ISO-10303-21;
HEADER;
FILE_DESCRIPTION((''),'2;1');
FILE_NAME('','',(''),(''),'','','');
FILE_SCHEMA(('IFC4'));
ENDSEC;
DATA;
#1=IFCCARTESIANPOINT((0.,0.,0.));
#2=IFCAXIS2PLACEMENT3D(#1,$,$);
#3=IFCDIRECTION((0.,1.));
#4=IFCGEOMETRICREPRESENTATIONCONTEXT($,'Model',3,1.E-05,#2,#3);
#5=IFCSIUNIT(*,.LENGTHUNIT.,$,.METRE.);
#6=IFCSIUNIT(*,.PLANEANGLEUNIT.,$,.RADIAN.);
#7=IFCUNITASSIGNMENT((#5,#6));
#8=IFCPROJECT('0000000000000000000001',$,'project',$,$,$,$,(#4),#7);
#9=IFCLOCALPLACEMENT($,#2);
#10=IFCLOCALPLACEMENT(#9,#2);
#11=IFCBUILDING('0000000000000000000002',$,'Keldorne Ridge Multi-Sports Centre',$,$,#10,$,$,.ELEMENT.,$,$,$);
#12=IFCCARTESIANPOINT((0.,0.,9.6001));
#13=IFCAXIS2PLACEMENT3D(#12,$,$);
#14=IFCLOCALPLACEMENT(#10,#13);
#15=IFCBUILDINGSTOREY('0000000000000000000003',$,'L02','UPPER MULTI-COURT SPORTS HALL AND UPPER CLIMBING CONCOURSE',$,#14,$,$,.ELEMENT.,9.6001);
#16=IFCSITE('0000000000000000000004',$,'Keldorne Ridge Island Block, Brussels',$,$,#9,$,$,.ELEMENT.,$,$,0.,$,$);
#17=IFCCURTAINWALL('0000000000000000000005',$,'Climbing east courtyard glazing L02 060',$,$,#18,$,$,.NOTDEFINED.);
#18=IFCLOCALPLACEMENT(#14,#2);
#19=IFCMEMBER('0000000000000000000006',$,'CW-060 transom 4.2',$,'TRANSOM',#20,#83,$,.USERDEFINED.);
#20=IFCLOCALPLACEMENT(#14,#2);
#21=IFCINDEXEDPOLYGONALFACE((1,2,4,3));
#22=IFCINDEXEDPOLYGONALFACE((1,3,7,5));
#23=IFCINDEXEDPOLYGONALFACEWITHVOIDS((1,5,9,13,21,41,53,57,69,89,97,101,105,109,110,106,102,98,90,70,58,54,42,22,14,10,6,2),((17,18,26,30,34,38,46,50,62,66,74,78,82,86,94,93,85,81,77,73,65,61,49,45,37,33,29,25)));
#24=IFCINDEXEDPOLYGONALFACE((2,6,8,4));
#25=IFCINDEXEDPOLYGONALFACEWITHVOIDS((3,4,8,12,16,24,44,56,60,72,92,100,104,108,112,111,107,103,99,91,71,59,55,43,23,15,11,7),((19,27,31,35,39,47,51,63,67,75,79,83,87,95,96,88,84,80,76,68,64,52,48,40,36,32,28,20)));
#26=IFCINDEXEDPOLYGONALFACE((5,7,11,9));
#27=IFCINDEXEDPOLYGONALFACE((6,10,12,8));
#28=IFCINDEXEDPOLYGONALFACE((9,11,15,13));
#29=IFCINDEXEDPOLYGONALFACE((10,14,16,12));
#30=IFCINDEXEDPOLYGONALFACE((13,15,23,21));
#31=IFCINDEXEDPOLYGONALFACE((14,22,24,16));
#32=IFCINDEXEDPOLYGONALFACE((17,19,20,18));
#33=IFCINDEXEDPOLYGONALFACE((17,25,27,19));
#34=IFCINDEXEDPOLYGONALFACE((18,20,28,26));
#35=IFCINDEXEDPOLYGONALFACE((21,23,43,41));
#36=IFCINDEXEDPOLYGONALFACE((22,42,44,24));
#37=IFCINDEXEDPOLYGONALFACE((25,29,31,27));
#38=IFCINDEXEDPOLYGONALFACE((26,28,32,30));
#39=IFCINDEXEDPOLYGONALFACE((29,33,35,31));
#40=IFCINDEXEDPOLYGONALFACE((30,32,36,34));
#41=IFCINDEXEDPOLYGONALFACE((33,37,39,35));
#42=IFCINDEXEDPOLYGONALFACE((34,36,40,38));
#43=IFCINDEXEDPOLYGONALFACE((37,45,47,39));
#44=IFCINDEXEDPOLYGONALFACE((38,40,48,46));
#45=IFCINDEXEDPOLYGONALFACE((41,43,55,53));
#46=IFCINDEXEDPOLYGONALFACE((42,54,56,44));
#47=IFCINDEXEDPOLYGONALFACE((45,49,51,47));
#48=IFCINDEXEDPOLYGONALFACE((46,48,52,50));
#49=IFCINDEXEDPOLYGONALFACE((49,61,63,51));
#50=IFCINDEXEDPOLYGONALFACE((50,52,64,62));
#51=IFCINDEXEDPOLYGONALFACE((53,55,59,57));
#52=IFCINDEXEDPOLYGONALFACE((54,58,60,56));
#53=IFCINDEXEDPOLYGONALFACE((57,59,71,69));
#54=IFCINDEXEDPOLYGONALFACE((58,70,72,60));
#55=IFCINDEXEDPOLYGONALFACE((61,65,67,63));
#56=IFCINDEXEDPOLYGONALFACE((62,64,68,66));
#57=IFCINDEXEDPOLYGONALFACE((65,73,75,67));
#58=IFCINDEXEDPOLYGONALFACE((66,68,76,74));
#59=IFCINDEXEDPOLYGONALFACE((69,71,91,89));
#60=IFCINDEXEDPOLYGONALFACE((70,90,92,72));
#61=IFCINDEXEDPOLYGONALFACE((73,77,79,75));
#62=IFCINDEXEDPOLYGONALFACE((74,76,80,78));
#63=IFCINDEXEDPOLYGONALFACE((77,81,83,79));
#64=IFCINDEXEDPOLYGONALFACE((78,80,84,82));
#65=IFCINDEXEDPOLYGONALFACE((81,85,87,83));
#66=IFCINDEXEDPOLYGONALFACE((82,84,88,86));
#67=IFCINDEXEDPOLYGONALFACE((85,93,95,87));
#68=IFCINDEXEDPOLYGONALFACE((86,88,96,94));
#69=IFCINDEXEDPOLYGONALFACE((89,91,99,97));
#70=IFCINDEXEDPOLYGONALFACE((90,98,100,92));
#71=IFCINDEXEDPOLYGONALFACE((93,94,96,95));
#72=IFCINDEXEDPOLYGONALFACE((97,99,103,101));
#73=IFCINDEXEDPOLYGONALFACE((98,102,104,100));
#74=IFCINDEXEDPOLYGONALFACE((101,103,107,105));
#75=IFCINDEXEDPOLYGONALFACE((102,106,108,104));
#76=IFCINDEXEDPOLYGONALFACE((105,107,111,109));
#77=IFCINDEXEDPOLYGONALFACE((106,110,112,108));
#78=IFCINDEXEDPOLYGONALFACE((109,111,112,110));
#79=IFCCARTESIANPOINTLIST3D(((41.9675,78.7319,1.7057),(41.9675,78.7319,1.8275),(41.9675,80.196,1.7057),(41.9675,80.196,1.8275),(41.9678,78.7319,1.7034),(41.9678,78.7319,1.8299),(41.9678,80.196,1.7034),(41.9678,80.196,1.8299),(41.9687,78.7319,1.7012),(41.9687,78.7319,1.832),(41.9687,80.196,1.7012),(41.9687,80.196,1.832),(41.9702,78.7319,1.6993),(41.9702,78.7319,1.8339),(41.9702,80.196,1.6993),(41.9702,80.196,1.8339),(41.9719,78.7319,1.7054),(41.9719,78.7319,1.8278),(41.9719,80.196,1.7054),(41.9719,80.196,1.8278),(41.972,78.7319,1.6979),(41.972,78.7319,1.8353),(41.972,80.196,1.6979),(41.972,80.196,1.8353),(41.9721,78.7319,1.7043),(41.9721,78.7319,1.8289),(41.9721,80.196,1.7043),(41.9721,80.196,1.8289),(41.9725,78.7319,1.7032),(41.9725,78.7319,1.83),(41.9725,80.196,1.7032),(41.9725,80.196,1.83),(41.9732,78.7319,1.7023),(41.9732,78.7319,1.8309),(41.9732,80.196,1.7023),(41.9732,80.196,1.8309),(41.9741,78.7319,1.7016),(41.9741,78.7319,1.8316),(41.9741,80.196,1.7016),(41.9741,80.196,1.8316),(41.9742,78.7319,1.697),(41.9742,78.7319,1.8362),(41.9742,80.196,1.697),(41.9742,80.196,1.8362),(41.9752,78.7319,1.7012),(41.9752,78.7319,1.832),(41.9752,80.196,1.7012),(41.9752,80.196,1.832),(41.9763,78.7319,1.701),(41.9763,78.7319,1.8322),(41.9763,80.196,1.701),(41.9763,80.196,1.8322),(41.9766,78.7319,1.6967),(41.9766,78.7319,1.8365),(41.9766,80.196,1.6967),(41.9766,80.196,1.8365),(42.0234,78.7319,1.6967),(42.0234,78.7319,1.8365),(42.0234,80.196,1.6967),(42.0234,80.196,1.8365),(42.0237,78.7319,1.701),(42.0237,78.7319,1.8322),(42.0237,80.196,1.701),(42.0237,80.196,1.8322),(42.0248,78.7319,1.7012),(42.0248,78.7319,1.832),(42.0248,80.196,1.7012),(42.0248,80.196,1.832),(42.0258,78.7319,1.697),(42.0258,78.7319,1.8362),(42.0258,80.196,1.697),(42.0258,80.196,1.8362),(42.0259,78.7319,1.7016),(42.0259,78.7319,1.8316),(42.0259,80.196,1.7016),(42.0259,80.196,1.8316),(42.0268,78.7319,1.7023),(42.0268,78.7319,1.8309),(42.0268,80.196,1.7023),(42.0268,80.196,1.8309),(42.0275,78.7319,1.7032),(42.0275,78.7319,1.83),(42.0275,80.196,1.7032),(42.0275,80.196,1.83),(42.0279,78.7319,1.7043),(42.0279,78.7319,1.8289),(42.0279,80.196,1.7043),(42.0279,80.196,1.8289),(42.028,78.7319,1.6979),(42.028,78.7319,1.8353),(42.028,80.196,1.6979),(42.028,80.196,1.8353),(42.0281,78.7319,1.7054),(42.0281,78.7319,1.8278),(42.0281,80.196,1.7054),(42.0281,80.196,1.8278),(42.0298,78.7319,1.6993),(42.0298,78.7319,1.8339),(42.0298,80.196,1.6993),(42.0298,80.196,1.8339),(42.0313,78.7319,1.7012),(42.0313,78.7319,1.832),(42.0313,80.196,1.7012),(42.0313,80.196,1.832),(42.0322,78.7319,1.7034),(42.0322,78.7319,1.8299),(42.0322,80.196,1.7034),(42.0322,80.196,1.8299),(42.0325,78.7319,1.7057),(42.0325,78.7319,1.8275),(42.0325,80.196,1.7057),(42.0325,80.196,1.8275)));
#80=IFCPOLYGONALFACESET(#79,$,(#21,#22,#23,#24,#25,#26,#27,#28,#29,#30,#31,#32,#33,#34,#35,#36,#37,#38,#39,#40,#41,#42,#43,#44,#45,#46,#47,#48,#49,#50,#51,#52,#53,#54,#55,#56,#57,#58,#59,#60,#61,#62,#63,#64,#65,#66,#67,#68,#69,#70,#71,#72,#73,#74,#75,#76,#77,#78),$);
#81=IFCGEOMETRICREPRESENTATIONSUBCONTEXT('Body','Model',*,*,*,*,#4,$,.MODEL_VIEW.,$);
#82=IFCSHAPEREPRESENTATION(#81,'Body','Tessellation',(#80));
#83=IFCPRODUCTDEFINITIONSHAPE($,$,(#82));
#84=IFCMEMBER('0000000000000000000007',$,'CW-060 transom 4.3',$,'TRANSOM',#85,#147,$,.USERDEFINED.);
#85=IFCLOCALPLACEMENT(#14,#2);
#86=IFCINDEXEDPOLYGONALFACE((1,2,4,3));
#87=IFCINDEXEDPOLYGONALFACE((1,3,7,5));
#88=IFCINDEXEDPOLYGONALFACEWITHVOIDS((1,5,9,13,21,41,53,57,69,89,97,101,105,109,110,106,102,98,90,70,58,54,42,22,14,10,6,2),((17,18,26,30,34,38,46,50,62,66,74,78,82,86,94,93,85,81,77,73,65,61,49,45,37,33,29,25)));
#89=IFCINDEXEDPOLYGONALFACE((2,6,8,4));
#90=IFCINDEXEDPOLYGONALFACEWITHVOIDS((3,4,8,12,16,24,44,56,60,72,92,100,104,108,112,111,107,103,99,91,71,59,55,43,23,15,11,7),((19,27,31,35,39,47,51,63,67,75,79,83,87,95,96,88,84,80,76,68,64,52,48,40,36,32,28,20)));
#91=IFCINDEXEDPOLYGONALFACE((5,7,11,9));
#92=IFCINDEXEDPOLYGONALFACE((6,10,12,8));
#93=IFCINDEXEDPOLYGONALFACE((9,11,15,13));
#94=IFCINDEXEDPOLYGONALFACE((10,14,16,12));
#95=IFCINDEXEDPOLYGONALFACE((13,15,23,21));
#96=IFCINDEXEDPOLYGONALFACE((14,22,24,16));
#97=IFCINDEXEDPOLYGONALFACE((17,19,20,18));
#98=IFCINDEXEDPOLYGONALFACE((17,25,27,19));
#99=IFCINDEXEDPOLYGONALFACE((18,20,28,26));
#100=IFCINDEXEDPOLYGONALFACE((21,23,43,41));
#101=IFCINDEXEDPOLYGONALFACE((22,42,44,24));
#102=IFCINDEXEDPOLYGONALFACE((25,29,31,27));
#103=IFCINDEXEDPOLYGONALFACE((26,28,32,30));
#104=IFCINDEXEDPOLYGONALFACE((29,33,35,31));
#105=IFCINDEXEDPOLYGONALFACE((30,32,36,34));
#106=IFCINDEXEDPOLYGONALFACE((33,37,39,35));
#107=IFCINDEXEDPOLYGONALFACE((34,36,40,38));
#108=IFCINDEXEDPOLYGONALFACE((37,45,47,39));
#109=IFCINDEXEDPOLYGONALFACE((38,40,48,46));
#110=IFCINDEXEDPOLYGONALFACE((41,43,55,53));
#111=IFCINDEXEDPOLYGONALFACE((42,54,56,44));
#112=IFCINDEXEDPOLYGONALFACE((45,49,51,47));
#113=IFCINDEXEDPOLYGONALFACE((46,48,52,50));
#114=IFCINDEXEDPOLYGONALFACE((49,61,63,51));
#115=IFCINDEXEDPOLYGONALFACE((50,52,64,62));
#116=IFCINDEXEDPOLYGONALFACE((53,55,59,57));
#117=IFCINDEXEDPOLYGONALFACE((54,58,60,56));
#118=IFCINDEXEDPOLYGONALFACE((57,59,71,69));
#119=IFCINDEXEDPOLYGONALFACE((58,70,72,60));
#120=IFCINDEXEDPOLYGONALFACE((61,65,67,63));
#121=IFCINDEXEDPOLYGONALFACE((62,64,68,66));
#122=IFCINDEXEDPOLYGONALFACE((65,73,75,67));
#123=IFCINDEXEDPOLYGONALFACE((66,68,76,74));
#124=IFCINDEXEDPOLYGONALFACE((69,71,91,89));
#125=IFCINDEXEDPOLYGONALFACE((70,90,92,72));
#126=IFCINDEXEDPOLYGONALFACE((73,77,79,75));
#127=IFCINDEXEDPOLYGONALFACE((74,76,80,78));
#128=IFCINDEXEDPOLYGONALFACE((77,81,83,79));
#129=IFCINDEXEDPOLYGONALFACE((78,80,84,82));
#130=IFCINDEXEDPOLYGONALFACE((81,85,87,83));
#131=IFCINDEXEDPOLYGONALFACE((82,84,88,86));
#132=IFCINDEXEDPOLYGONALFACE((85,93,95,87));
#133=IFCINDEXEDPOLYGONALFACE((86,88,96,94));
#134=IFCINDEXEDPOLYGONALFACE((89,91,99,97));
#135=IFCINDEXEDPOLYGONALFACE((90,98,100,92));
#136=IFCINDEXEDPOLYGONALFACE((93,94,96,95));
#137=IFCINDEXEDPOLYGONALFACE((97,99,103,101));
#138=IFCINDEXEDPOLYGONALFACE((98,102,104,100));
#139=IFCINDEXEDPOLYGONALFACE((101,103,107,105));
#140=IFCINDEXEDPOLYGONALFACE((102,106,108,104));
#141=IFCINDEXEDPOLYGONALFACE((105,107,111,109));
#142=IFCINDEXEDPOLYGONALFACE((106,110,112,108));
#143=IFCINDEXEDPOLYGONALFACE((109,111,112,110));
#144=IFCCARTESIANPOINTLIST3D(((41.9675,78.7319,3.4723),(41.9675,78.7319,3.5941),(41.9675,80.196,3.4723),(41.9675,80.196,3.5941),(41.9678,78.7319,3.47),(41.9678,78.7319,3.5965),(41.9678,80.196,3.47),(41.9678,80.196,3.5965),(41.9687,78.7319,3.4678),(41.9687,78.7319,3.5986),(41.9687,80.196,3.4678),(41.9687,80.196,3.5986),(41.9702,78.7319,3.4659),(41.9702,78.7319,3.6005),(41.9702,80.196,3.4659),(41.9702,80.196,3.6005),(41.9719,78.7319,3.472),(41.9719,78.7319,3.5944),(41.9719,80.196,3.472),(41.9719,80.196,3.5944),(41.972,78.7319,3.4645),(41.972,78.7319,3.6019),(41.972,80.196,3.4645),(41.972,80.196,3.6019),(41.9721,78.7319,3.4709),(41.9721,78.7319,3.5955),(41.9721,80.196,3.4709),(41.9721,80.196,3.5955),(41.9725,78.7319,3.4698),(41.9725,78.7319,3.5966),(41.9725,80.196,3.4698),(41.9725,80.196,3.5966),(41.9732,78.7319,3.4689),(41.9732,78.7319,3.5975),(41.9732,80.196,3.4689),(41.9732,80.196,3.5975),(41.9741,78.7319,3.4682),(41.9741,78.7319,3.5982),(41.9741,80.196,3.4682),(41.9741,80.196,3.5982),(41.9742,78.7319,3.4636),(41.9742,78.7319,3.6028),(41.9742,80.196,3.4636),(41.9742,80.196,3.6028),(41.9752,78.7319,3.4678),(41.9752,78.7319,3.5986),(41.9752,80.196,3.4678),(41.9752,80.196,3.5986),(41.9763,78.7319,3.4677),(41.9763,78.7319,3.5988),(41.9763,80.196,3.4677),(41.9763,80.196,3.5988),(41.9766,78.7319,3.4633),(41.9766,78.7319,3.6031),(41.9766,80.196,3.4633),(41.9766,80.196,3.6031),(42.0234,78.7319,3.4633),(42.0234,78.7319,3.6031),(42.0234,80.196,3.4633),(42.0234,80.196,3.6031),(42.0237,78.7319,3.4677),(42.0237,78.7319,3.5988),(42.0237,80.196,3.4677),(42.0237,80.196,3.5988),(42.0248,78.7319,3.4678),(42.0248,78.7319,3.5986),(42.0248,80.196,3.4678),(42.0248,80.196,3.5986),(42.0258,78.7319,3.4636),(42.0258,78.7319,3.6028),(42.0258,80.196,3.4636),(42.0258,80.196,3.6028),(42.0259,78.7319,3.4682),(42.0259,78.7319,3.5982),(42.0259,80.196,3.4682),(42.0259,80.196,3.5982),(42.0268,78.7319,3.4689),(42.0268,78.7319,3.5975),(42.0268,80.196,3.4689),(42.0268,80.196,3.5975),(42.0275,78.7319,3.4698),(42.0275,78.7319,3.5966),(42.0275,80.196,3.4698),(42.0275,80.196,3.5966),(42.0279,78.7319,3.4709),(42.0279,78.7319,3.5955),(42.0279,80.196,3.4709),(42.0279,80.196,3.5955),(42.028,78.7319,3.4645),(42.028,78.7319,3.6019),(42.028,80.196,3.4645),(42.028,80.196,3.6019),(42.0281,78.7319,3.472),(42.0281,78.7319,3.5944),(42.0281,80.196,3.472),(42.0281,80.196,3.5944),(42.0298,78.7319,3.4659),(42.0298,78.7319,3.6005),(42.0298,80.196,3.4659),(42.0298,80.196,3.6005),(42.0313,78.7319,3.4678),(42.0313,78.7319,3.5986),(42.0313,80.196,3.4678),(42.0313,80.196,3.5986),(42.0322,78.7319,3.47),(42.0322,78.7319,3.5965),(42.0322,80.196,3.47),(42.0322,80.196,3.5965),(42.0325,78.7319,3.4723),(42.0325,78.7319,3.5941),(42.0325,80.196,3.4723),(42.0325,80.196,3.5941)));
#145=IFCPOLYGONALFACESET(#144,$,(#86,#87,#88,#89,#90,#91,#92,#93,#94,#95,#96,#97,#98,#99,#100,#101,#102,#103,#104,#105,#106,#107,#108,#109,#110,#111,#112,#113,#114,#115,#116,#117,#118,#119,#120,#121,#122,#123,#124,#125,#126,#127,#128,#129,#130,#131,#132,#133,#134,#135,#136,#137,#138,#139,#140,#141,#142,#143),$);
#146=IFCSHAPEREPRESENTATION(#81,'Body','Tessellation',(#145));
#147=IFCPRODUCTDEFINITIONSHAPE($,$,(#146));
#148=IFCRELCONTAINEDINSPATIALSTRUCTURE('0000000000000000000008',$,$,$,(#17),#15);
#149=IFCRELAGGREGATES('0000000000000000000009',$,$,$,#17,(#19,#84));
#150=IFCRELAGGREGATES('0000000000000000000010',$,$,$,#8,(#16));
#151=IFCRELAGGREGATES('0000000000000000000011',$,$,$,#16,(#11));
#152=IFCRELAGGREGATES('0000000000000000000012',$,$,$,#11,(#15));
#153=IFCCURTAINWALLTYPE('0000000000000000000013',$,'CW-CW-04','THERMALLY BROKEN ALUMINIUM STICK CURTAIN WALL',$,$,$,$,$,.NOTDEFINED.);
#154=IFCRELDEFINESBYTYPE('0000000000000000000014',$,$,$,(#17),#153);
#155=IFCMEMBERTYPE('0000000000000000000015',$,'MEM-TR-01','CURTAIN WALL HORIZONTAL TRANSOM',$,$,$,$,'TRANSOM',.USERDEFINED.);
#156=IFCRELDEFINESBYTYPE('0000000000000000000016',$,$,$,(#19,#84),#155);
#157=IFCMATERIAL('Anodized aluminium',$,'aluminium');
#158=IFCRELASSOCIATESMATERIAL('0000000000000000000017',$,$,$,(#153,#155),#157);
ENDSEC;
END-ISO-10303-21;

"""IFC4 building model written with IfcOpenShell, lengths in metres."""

from ifc_helpers import new_model, si_unit, direction, frame, origin, origin_2d, place, context, subcontext, project, spatial, hollow_rectangle, extrude, material, material_profile, profile_set, type_object, element, aggregate, save


model = new_model("IFC4")

# Units and contexts
model_context = context("Model", 3, precision=1e-05, world=origin(), true_north=direction((0.0, 1.0)))
body_context = subcontext(model_context, "Body", "Model", "MODEL_VIEW")
ifc_project = project(units=[si_unit("LENGTHUNIT", "METRE"), si_unit("PLANEANGLEUNIT", "RADIAN")], contexts=[model_context])

# Site, building, storey
site_placement = place(None, origin())
site = spatial("IfcSite", under=ifc_project, at=site_placement, Name="Keldorne Ridge Island Block, Brussels", CompositionType="ELEMENT", RefElevation=0.0)
building_placement = place(site_placement, origin())
building = spatial("IfcBuilding", under=site, at=building_placement, Name="Keldorne Ridge Multi-Sports Centre", CompositionType="ELEMENT")
storey_placement = place(building_placement, frame((0.0, 0.0, 9.6001)))
storey = spatial("IfcBuildingStorey", under=building, at=storey_placement, Name="L02", Description="UPPER MULTI-COURT SPORTS HALL AND UPPER CLIMBING CONCOURSE", CompositionType="ELEMENT", Elevation=9.6001)

# Curtain wall, members
ifc_material_1 = material(Name="Anodized aluminium", Category="aluminium")
curtain_wall_type = type_object("IfcCurtainWallType", Name="CW-CW-04", Description="THERMALLY BROKEN ALUMINIUM STICK CURTAIN WALL", PredefinedType="NOTDEFINED", material=ifc_material_1)
curtain_wall_placement = place(storey_placement, origin())
curtain_wall = element("IfcCurtainWall", 1, at=curtain_wall_placement, inside=storey, type_object=curtain_wall_type, Name="Climbing east courtyard glazing L02 060", PredefinedType="NOTDEFINED")
ifc_material_profile_1 = material_profile(ifc_material_1, hollow_rectangle(XDim=0.0649, YDim=0.1399, WallThickness=0.0044, InnerFilletRadius=0.0044, OuterFilletRadius=0.009, at=origin_2d()), Name="ALU TRANSOM 140x65x4.5")
ifc_profile_set_1 = profile_set([ifc_material_profile_1], Name="Anodized aluminium")
member_type_1 = type_object("IfcMemberType", Name="MEM-TR-01", Description="CURTAIN WALL HORIZONTAL TRANSOM", ElementType="TRANSOM", PredefinedType="USERDEFINED", material=ifc_profile_set_1)
member_1_placement = place(storey_placement, frame((42.0, 78.7319, 1.7666), z_axis=(0.0, 1.0, 0.0), x_axis=(-1.0, 0.0, 0.0)))
member_1 = element("IfcMember", 2, at=member_1_placement, type_object=member_type_1, Name="CW-060 transom 4.2", ObjectType="TRANSOM", PredefinedType="USERDEFINED", context=body_context, shape_type="SweptSolid", body=[
    extrude(hollow_rectangle(XDim=0.0649, YDim=0.1399, WallThickness=0.0044, InnerFilletRadius=0.0044, OuterFilletRadius=0.009, at=origin_2d()), origin(), (0.0, 0.0, 1.0), 1.4641),
])
member_2_placement = place(storey_placement, frame((42.0, 78.7319, 3.5332), z_axis=(0.0, 1.0, 0.0), x_axis=(-1.0, 0.0, 0.0)))
member_2 = element("IfcMember", 3, at=member_2_placement, type_object=member_type_1, Name="CW-060 transom 4.3", ObjectType="TRANSOM", PredefinedType="USERDEFINED", context=body_context, shape_type="SweptSolid", body=[
    extrude(hollow_rectangle(XDim=0.0649, YDim=0.1399, WallThickness=0.0044, InnerFilletRadius=0.0044, OuterFilletRadius=0.009, at=origin_2d()), origin(), (0.0, 0.0, 1.0), 1.4641),
])
aggregate(curtain_wall, [member_1, member_2])

save(model, "model.ifc")
